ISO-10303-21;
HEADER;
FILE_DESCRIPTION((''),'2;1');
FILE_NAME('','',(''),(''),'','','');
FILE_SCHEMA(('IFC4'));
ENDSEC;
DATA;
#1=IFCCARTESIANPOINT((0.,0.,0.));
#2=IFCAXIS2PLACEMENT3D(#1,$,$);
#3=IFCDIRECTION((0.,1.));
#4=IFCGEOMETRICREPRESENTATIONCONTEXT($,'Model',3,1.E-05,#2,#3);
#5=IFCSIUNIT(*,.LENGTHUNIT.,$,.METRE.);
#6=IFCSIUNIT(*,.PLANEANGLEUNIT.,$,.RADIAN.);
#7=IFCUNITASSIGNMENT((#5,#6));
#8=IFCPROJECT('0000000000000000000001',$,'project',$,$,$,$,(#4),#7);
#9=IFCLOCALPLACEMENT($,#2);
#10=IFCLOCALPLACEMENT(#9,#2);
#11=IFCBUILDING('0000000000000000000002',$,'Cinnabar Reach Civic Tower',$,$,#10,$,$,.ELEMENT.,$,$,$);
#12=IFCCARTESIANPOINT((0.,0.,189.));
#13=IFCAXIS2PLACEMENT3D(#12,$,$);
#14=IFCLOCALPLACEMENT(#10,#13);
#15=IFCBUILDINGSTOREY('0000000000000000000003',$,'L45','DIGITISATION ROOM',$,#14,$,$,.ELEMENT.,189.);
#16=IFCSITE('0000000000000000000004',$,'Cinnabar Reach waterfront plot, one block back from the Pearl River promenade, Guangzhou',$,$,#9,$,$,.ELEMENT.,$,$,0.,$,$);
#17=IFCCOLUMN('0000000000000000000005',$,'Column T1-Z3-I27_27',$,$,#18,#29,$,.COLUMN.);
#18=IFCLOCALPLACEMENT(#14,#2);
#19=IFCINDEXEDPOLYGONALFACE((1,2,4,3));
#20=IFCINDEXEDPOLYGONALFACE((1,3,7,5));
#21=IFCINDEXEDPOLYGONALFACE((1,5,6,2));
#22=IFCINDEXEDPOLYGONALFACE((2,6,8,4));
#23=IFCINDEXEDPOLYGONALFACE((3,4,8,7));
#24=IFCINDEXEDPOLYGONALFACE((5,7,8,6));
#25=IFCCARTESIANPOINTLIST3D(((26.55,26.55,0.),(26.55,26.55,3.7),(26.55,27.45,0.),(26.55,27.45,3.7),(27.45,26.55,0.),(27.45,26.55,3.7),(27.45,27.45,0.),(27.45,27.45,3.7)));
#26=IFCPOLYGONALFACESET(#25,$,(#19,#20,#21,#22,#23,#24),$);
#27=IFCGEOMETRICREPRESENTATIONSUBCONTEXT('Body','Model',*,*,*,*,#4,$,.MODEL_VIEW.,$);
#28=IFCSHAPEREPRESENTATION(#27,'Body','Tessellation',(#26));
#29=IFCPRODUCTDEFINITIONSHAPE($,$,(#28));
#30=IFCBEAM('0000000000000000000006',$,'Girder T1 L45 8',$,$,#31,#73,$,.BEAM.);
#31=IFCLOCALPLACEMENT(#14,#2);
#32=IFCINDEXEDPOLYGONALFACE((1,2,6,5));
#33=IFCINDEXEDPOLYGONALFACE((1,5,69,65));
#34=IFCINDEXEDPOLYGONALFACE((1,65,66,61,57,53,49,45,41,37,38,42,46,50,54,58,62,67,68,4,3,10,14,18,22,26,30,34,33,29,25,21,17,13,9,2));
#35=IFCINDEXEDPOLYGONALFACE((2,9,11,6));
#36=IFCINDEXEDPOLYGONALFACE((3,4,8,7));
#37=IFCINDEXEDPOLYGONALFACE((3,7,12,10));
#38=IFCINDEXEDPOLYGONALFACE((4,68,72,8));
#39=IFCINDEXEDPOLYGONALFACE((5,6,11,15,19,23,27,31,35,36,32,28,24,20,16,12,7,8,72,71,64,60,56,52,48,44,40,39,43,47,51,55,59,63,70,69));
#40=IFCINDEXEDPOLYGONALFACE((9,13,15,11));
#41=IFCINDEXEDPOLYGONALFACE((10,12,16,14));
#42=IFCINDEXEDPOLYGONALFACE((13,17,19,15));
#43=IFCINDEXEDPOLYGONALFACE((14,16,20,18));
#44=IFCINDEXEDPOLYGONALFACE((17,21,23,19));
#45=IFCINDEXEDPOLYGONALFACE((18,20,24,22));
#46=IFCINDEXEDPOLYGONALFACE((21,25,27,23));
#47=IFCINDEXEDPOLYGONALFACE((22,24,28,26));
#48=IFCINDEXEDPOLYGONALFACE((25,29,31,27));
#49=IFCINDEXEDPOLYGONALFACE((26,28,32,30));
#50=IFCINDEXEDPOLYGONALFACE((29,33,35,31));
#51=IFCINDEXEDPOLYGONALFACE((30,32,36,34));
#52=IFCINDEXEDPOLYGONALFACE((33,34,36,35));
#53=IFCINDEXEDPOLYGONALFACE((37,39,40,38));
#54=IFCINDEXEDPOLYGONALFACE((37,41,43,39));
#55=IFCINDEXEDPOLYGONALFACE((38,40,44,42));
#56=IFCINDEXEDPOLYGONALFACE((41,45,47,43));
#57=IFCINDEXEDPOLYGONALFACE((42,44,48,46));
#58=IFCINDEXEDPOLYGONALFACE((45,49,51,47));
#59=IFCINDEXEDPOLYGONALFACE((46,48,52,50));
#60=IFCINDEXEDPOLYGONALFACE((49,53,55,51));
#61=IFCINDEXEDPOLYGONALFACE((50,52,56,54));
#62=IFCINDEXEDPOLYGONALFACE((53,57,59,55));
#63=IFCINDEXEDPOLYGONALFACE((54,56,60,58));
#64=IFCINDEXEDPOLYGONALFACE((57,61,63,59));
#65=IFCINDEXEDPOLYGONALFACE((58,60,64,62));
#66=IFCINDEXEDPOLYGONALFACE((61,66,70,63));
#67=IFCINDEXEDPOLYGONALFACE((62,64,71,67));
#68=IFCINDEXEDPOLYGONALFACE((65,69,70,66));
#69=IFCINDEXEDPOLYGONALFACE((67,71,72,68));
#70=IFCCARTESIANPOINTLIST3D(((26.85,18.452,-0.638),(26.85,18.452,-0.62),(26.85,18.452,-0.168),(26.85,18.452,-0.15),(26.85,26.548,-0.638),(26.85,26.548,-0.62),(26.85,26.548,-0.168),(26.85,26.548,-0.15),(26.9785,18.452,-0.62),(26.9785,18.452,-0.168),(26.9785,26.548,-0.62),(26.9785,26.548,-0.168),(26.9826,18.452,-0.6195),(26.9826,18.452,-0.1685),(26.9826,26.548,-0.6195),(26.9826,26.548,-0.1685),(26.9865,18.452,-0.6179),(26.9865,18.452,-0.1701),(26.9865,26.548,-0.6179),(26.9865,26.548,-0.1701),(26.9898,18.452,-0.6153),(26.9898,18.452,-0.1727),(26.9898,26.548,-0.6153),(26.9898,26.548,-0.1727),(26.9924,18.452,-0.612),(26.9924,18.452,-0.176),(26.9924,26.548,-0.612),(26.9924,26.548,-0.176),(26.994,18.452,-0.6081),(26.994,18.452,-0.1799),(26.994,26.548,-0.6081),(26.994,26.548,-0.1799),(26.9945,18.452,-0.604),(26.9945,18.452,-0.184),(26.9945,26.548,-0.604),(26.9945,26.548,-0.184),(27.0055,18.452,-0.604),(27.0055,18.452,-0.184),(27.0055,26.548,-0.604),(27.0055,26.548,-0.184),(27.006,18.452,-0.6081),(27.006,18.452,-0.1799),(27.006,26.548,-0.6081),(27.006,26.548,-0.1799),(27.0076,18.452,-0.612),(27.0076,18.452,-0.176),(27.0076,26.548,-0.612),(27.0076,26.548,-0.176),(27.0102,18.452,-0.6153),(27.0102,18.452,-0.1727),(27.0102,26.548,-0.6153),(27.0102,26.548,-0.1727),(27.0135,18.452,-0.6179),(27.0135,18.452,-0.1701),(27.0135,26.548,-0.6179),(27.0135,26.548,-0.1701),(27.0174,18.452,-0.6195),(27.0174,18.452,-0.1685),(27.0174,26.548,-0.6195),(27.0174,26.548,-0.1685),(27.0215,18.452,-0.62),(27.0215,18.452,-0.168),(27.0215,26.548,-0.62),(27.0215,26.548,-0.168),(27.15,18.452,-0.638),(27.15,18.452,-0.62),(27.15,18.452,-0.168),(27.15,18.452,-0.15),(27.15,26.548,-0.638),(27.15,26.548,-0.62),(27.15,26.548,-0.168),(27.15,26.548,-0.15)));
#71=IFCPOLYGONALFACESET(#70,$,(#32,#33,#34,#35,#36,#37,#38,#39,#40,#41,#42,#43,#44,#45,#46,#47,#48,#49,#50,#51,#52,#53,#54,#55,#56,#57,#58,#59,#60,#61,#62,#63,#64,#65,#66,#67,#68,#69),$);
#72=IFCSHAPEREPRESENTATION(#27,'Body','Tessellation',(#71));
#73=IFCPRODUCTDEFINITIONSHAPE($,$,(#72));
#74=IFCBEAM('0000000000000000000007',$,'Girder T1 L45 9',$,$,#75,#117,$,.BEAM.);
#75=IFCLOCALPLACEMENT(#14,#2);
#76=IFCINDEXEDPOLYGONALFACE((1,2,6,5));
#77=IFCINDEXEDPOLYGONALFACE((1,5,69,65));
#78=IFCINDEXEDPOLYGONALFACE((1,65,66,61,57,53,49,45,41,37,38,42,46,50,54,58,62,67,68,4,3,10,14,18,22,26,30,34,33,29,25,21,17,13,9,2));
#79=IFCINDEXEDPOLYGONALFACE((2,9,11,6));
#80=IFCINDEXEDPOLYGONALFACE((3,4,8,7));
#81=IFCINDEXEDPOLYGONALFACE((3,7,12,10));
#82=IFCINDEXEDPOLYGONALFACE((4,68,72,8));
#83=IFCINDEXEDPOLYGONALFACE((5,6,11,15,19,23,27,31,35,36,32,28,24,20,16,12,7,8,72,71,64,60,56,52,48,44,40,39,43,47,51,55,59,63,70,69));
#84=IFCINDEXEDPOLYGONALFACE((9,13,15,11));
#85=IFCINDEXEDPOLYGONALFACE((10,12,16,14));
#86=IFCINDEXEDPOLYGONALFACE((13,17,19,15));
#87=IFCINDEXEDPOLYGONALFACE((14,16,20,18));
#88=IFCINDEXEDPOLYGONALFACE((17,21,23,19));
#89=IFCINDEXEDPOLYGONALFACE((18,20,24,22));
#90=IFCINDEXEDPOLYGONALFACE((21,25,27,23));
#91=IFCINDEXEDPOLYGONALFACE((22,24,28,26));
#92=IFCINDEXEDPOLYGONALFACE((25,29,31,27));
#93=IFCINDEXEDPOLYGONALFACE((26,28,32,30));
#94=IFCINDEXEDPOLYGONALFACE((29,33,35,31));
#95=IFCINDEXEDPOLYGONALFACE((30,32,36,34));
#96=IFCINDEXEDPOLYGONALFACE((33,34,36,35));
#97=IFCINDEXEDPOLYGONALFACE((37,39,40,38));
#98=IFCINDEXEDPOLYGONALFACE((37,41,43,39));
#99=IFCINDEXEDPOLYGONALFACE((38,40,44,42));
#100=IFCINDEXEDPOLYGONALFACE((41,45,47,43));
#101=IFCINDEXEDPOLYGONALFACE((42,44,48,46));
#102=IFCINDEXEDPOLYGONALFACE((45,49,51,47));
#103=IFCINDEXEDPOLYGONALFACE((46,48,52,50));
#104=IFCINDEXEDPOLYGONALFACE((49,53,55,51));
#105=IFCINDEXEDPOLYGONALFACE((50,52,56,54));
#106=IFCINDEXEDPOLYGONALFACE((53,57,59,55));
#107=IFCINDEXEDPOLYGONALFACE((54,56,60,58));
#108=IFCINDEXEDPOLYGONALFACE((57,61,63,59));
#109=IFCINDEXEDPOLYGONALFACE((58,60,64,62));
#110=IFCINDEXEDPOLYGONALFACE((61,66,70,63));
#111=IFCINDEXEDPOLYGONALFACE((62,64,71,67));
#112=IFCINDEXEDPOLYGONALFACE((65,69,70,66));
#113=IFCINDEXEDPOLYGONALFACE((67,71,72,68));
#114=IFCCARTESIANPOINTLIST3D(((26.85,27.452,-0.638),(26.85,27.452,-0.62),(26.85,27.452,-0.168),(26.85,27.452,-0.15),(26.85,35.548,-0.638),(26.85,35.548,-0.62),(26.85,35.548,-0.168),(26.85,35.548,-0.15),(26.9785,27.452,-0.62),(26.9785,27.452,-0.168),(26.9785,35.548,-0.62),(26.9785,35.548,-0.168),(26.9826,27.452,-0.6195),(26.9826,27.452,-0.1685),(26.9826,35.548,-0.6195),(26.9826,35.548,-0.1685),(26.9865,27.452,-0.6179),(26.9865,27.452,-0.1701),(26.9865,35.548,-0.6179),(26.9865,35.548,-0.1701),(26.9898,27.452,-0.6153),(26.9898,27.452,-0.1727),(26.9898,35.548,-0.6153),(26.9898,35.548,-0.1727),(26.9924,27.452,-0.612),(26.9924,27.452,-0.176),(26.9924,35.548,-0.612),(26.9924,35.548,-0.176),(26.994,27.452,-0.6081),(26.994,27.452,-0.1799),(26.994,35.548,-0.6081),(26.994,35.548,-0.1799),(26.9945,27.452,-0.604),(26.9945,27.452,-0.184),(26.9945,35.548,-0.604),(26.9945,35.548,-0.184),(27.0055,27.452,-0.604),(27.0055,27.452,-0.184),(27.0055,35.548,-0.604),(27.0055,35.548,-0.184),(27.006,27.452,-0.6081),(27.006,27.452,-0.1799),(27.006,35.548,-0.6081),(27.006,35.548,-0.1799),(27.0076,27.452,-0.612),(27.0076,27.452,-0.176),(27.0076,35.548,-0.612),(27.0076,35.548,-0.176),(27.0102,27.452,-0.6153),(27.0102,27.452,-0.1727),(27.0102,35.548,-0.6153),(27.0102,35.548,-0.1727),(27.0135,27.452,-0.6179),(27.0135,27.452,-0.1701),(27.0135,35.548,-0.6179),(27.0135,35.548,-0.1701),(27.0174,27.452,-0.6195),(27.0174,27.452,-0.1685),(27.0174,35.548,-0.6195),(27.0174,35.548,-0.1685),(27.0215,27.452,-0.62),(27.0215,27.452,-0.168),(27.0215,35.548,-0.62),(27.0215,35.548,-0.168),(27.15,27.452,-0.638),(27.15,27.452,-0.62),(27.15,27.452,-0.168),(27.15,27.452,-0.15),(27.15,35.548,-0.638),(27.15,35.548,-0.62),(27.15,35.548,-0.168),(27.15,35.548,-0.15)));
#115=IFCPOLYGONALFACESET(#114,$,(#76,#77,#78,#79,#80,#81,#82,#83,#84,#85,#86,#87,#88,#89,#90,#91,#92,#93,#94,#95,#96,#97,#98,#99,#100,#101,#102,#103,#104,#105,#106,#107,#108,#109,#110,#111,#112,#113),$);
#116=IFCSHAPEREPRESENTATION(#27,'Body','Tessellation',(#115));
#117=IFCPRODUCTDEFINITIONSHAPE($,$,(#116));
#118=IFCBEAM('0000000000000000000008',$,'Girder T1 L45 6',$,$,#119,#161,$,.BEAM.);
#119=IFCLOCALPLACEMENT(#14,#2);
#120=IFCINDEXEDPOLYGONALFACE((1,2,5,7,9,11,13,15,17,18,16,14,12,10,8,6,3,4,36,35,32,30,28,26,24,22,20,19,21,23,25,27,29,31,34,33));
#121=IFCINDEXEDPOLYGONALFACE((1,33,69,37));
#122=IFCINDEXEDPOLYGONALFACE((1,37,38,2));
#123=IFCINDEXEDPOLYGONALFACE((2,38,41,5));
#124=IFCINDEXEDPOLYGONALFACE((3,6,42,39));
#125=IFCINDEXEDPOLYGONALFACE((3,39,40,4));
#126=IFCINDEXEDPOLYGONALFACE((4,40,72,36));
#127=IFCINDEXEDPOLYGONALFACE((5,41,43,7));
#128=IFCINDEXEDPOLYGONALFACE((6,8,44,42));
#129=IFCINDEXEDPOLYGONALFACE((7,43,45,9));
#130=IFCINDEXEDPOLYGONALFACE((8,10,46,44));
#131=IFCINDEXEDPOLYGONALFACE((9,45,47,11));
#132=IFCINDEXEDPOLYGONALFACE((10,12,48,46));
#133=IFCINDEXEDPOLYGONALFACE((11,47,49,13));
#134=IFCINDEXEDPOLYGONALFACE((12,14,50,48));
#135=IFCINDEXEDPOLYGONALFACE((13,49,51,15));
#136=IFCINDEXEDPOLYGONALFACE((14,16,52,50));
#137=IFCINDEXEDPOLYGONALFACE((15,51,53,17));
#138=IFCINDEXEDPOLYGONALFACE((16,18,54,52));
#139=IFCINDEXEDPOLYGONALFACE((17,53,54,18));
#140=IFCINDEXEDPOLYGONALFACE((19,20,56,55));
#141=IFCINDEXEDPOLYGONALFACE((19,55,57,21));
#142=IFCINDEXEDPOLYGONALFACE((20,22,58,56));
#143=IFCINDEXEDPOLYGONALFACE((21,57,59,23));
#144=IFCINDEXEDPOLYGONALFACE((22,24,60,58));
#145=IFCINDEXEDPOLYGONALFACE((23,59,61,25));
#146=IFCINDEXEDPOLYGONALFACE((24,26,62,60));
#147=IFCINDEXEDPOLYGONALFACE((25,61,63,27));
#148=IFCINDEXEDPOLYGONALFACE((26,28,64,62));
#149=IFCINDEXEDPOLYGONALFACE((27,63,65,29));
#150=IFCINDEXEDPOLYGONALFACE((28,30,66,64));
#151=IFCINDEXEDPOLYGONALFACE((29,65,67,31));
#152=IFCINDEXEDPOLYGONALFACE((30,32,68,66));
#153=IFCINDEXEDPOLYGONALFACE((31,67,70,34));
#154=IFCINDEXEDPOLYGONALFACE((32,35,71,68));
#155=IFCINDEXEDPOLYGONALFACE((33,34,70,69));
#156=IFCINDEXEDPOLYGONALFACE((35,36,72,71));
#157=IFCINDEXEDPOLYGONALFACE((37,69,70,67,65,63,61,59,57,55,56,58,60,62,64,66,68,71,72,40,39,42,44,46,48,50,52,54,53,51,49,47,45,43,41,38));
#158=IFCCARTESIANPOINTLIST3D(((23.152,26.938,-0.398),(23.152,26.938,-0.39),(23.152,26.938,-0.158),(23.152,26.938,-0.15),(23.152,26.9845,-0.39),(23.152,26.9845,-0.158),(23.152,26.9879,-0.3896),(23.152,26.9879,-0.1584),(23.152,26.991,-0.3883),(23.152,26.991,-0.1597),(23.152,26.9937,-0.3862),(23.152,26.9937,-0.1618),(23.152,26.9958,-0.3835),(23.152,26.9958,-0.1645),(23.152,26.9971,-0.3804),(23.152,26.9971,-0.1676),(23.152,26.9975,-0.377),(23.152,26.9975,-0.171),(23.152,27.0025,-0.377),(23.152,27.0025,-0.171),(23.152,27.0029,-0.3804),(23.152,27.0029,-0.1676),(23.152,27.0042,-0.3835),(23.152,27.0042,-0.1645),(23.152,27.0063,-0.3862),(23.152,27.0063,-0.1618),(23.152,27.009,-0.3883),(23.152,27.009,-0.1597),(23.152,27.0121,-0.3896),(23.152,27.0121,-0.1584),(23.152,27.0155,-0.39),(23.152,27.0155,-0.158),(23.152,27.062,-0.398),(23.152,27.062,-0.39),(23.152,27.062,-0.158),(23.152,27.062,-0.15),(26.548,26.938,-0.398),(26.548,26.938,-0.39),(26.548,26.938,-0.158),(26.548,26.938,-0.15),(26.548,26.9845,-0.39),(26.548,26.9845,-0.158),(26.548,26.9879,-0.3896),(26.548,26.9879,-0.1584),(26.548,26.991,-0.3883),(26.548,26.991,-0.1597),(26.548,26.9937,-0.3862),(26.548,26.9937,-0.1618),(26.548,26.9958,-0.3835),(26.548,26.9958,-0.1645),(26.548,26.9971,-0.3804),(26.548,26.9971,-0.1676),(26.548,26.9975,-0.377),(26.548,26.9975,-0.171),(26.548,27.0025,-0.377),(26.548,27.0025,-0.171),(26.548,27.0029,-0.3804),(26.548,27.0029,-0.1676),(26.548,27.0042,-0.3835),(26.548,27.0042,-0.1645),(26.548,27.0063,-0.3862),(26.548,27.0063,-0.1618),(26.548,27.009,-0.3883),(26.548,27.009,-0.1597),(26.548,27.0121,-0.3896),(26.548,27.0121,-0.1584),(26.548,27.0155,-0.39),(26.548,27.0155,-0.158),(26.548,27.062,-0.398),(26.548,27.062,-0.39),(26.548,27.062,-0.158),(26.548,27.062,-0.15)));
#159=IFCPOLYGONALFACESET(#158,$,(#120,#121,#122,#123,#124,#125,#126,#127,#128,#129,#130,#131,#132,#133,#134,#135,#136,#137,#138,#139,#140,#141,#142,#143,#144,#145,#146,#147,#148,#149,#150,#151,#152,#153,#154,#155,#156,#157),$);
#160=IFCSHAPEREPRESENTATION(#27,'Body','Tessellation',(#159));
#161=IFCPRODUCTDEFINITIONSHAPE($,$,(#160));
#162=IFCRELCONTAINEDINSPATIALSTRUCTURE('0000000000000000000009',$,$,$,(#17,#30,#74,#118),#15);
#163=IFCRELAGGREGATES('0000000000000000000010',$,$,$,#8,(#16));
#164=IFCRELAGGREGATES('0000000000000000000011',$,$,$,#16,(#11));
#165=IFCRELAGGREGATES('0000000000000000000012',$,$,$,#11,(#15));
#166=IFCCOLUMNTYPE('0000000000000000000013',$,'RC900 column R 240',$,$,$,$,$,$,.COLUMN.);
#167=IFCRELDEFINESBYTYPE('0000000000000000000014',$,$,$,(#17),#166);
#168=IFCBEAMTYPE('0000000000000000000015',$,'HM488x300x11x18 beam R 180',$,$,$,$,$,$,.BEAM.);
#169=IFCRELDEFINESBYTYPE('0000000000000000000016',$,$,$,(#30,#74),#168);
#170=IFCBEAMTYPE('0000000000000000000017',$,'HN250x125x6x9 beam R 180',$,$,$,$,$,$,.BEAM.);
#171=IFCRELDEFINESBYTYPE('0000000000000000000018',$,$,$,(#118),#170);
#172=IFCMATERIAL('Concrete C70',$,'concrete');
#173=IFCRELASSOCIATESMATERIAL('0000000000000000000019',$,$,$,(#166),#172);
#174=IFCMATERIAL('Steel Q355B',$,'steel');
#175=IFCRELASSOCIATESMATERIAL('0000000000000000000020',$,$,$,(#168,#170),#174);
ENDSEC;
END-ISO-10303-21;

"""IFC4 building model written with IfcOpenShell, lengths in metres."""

from ifc_helpers import new_model, si_unit, direction, frame, origin, origin_2d, place, context, subcontext, project, spatial, rectangle, i_section, extrude, material, material_profile, profile_set, type_object, element, save


model = new_model("IFC4")

# Units and contexts
model_context = context("Model", 3, precision=1e-05, world=origin(), true_north=direction((0.0, 1.0)))
body_context = subcontext(model_context, "Body", "Model", "MODEL_VIEW")
ifc_project = project(units=[si_unit("LENGTHUNIT", "METRE"), si_unit("PLANEANGLEUNIT", "RADIAN")], contexts=[model_context])

# Site, building, storey
site_placement = place(None, origin())
site = spatial("IfcSite", under=ifc_project, at=site_placement, Name="Cinnabar Reach waterfront plot, one block back from the Pearl River promenade, Guangzhou", CompositionType="ELEMENT", RefElevation=0.0)
building_placement = place(site_placement, origin())
building = spatial("IfcBuilding", under=site, at=building_placement, Name="Cinnabar Reach Civic Tower", CompositionType="ELEMENT")
storey_placement = place(building_placement, frame((0.0, 0.0, 189.0)))
storey = spatial("IfcBuildingStorey", under=building, at=storey_placement, Name="L45", Description="DIGITISATION ROOM", CompositionType="ELEMENT", Elevation=189.0)

# Column
ifc_material_1 = material(Name="Concrete C70", Category="concrete")
ifc_material_profile_1 = material_profile(ifc_material_1, rectangle(XDim=0.9, YDim=0.9, at=origin_2d()), Name="RC900")
ifc_profile_set_1 = profile_set([ifc_material_profile_1], Name="Concrete C70")
column_type = type_object("IfcColumnType", Name="RC900 column R 240", PredefinedType="COLUMN", material=ifc_profile_set_1)
column_placement = place(storey_placement, frame((27.0, 27.0, 0.0), z_axis=(0.0, 0.0, 1.0), x_axis=(1.0, 0.0, 0.0)))
element("IfcColumn", 1, at=column_placement, inside=storey, type_object=column_type, Name="Column T1-Z3-I27_27", PredefinedType="COLUMN", context=body_context, shape_type="SweptSolid", body=[
    extrude(rectangle(XDim=0.9, YDim=0.9, at=origin_2d()), origin(), (0.0, 0.0, 1.0), 3.7),
])

# Beams
ifc_material_2 = material(Name="Steel Q355B", Category="steel")
ifc_material_profile_2 = material_profile(ifc_material_2, i_section(OverallWidth=0.3, OverallDepth=0.488, WebThickness=0.011, FlangeThickness=0.018, FilletRadius=0.016, at=origin_2d()), Name="HM488x300x11x18")
ifc_profile_set_2 = profile_set([ifc_material_profile_2], Name="Steel Q355B")
beam_type_1 = type_object("IfcBeamType", Name="HM488x300x11x18 beam R 180", PredefinedType="BEAM", material=ifc_profile_set_2)
for number, where, z_axis, x_axis, name in (
    (2, (27.0, 18.452, -0.394), (0.0, 1.0, 0.0), (-1.0, 0.0, 0.0), "Girder T1 L45 8"),
    (3, (27.0, 27.452, -0.394), (0.0, 1.0, 0.0), (-1.0, 0.0, 0.0), "Girder T1 L45 9"),
):
    element("IfcBeam", number, at=place(storey_placement, frame(where, z_axis=z_axis, x_axis=x_axis)), inside=storey, type_object=beam_type_1, Name=name, PredefinedType="BEAM", context=body_context, shape_type="SweptSolid", body=[
        extrude(i_section(OverallWidth=0.3, OverallDepth=0.488, WebThickness=0.011, FlangeThickness=0.018, FilletRadius=0.016, at=origin_2d()), origin(), (0.0, 0.0, 1.0), 8.096),
    ])
ifc_material_profile_3 = material_profile(ifc_material_2, i_section(OverallWidth=0.124, OverallDepth=0.248, WebThickness=0.005, FlangeThickness=0.008, FilletRadius=0.013, at=origin_2d()), Name="HN250x125x6x9")
ifc_profile_set_3 = profile_set([ifc_material_profile_3], Name="Steel Q355B")
beam_type_2 = type_object("IfcBeamType", Name="HN250x125x6x9 beam R 180", PredefinedType="BEAM", material=ifc_profile_set_3)
beam_1_placement = place(storey_placement, frame((23.152, 27.0, -0.274), z_axis=(1.0, 0.0, 0.0), x_axis=(0.0, 1.0, 0.0)))
element("IfcBeam", 4, at=beam_1_placement, inside=storey, type_object=beam_type_2, Name="Girder T1 L45 6", PredefinedType="BEAM", context=body_context, shape_type="SweptSolid", body=[
    extrude(i_section(OverallWidth=0.124, OverallDepth=0.248, WebThickness=0.005, FlangeThickness=0.008, FilletRadius=0.013, at=origin_2d()), origin(), (0.0, 0.0, 1.0), 3.396),
])

save(model, "model.ifc")
